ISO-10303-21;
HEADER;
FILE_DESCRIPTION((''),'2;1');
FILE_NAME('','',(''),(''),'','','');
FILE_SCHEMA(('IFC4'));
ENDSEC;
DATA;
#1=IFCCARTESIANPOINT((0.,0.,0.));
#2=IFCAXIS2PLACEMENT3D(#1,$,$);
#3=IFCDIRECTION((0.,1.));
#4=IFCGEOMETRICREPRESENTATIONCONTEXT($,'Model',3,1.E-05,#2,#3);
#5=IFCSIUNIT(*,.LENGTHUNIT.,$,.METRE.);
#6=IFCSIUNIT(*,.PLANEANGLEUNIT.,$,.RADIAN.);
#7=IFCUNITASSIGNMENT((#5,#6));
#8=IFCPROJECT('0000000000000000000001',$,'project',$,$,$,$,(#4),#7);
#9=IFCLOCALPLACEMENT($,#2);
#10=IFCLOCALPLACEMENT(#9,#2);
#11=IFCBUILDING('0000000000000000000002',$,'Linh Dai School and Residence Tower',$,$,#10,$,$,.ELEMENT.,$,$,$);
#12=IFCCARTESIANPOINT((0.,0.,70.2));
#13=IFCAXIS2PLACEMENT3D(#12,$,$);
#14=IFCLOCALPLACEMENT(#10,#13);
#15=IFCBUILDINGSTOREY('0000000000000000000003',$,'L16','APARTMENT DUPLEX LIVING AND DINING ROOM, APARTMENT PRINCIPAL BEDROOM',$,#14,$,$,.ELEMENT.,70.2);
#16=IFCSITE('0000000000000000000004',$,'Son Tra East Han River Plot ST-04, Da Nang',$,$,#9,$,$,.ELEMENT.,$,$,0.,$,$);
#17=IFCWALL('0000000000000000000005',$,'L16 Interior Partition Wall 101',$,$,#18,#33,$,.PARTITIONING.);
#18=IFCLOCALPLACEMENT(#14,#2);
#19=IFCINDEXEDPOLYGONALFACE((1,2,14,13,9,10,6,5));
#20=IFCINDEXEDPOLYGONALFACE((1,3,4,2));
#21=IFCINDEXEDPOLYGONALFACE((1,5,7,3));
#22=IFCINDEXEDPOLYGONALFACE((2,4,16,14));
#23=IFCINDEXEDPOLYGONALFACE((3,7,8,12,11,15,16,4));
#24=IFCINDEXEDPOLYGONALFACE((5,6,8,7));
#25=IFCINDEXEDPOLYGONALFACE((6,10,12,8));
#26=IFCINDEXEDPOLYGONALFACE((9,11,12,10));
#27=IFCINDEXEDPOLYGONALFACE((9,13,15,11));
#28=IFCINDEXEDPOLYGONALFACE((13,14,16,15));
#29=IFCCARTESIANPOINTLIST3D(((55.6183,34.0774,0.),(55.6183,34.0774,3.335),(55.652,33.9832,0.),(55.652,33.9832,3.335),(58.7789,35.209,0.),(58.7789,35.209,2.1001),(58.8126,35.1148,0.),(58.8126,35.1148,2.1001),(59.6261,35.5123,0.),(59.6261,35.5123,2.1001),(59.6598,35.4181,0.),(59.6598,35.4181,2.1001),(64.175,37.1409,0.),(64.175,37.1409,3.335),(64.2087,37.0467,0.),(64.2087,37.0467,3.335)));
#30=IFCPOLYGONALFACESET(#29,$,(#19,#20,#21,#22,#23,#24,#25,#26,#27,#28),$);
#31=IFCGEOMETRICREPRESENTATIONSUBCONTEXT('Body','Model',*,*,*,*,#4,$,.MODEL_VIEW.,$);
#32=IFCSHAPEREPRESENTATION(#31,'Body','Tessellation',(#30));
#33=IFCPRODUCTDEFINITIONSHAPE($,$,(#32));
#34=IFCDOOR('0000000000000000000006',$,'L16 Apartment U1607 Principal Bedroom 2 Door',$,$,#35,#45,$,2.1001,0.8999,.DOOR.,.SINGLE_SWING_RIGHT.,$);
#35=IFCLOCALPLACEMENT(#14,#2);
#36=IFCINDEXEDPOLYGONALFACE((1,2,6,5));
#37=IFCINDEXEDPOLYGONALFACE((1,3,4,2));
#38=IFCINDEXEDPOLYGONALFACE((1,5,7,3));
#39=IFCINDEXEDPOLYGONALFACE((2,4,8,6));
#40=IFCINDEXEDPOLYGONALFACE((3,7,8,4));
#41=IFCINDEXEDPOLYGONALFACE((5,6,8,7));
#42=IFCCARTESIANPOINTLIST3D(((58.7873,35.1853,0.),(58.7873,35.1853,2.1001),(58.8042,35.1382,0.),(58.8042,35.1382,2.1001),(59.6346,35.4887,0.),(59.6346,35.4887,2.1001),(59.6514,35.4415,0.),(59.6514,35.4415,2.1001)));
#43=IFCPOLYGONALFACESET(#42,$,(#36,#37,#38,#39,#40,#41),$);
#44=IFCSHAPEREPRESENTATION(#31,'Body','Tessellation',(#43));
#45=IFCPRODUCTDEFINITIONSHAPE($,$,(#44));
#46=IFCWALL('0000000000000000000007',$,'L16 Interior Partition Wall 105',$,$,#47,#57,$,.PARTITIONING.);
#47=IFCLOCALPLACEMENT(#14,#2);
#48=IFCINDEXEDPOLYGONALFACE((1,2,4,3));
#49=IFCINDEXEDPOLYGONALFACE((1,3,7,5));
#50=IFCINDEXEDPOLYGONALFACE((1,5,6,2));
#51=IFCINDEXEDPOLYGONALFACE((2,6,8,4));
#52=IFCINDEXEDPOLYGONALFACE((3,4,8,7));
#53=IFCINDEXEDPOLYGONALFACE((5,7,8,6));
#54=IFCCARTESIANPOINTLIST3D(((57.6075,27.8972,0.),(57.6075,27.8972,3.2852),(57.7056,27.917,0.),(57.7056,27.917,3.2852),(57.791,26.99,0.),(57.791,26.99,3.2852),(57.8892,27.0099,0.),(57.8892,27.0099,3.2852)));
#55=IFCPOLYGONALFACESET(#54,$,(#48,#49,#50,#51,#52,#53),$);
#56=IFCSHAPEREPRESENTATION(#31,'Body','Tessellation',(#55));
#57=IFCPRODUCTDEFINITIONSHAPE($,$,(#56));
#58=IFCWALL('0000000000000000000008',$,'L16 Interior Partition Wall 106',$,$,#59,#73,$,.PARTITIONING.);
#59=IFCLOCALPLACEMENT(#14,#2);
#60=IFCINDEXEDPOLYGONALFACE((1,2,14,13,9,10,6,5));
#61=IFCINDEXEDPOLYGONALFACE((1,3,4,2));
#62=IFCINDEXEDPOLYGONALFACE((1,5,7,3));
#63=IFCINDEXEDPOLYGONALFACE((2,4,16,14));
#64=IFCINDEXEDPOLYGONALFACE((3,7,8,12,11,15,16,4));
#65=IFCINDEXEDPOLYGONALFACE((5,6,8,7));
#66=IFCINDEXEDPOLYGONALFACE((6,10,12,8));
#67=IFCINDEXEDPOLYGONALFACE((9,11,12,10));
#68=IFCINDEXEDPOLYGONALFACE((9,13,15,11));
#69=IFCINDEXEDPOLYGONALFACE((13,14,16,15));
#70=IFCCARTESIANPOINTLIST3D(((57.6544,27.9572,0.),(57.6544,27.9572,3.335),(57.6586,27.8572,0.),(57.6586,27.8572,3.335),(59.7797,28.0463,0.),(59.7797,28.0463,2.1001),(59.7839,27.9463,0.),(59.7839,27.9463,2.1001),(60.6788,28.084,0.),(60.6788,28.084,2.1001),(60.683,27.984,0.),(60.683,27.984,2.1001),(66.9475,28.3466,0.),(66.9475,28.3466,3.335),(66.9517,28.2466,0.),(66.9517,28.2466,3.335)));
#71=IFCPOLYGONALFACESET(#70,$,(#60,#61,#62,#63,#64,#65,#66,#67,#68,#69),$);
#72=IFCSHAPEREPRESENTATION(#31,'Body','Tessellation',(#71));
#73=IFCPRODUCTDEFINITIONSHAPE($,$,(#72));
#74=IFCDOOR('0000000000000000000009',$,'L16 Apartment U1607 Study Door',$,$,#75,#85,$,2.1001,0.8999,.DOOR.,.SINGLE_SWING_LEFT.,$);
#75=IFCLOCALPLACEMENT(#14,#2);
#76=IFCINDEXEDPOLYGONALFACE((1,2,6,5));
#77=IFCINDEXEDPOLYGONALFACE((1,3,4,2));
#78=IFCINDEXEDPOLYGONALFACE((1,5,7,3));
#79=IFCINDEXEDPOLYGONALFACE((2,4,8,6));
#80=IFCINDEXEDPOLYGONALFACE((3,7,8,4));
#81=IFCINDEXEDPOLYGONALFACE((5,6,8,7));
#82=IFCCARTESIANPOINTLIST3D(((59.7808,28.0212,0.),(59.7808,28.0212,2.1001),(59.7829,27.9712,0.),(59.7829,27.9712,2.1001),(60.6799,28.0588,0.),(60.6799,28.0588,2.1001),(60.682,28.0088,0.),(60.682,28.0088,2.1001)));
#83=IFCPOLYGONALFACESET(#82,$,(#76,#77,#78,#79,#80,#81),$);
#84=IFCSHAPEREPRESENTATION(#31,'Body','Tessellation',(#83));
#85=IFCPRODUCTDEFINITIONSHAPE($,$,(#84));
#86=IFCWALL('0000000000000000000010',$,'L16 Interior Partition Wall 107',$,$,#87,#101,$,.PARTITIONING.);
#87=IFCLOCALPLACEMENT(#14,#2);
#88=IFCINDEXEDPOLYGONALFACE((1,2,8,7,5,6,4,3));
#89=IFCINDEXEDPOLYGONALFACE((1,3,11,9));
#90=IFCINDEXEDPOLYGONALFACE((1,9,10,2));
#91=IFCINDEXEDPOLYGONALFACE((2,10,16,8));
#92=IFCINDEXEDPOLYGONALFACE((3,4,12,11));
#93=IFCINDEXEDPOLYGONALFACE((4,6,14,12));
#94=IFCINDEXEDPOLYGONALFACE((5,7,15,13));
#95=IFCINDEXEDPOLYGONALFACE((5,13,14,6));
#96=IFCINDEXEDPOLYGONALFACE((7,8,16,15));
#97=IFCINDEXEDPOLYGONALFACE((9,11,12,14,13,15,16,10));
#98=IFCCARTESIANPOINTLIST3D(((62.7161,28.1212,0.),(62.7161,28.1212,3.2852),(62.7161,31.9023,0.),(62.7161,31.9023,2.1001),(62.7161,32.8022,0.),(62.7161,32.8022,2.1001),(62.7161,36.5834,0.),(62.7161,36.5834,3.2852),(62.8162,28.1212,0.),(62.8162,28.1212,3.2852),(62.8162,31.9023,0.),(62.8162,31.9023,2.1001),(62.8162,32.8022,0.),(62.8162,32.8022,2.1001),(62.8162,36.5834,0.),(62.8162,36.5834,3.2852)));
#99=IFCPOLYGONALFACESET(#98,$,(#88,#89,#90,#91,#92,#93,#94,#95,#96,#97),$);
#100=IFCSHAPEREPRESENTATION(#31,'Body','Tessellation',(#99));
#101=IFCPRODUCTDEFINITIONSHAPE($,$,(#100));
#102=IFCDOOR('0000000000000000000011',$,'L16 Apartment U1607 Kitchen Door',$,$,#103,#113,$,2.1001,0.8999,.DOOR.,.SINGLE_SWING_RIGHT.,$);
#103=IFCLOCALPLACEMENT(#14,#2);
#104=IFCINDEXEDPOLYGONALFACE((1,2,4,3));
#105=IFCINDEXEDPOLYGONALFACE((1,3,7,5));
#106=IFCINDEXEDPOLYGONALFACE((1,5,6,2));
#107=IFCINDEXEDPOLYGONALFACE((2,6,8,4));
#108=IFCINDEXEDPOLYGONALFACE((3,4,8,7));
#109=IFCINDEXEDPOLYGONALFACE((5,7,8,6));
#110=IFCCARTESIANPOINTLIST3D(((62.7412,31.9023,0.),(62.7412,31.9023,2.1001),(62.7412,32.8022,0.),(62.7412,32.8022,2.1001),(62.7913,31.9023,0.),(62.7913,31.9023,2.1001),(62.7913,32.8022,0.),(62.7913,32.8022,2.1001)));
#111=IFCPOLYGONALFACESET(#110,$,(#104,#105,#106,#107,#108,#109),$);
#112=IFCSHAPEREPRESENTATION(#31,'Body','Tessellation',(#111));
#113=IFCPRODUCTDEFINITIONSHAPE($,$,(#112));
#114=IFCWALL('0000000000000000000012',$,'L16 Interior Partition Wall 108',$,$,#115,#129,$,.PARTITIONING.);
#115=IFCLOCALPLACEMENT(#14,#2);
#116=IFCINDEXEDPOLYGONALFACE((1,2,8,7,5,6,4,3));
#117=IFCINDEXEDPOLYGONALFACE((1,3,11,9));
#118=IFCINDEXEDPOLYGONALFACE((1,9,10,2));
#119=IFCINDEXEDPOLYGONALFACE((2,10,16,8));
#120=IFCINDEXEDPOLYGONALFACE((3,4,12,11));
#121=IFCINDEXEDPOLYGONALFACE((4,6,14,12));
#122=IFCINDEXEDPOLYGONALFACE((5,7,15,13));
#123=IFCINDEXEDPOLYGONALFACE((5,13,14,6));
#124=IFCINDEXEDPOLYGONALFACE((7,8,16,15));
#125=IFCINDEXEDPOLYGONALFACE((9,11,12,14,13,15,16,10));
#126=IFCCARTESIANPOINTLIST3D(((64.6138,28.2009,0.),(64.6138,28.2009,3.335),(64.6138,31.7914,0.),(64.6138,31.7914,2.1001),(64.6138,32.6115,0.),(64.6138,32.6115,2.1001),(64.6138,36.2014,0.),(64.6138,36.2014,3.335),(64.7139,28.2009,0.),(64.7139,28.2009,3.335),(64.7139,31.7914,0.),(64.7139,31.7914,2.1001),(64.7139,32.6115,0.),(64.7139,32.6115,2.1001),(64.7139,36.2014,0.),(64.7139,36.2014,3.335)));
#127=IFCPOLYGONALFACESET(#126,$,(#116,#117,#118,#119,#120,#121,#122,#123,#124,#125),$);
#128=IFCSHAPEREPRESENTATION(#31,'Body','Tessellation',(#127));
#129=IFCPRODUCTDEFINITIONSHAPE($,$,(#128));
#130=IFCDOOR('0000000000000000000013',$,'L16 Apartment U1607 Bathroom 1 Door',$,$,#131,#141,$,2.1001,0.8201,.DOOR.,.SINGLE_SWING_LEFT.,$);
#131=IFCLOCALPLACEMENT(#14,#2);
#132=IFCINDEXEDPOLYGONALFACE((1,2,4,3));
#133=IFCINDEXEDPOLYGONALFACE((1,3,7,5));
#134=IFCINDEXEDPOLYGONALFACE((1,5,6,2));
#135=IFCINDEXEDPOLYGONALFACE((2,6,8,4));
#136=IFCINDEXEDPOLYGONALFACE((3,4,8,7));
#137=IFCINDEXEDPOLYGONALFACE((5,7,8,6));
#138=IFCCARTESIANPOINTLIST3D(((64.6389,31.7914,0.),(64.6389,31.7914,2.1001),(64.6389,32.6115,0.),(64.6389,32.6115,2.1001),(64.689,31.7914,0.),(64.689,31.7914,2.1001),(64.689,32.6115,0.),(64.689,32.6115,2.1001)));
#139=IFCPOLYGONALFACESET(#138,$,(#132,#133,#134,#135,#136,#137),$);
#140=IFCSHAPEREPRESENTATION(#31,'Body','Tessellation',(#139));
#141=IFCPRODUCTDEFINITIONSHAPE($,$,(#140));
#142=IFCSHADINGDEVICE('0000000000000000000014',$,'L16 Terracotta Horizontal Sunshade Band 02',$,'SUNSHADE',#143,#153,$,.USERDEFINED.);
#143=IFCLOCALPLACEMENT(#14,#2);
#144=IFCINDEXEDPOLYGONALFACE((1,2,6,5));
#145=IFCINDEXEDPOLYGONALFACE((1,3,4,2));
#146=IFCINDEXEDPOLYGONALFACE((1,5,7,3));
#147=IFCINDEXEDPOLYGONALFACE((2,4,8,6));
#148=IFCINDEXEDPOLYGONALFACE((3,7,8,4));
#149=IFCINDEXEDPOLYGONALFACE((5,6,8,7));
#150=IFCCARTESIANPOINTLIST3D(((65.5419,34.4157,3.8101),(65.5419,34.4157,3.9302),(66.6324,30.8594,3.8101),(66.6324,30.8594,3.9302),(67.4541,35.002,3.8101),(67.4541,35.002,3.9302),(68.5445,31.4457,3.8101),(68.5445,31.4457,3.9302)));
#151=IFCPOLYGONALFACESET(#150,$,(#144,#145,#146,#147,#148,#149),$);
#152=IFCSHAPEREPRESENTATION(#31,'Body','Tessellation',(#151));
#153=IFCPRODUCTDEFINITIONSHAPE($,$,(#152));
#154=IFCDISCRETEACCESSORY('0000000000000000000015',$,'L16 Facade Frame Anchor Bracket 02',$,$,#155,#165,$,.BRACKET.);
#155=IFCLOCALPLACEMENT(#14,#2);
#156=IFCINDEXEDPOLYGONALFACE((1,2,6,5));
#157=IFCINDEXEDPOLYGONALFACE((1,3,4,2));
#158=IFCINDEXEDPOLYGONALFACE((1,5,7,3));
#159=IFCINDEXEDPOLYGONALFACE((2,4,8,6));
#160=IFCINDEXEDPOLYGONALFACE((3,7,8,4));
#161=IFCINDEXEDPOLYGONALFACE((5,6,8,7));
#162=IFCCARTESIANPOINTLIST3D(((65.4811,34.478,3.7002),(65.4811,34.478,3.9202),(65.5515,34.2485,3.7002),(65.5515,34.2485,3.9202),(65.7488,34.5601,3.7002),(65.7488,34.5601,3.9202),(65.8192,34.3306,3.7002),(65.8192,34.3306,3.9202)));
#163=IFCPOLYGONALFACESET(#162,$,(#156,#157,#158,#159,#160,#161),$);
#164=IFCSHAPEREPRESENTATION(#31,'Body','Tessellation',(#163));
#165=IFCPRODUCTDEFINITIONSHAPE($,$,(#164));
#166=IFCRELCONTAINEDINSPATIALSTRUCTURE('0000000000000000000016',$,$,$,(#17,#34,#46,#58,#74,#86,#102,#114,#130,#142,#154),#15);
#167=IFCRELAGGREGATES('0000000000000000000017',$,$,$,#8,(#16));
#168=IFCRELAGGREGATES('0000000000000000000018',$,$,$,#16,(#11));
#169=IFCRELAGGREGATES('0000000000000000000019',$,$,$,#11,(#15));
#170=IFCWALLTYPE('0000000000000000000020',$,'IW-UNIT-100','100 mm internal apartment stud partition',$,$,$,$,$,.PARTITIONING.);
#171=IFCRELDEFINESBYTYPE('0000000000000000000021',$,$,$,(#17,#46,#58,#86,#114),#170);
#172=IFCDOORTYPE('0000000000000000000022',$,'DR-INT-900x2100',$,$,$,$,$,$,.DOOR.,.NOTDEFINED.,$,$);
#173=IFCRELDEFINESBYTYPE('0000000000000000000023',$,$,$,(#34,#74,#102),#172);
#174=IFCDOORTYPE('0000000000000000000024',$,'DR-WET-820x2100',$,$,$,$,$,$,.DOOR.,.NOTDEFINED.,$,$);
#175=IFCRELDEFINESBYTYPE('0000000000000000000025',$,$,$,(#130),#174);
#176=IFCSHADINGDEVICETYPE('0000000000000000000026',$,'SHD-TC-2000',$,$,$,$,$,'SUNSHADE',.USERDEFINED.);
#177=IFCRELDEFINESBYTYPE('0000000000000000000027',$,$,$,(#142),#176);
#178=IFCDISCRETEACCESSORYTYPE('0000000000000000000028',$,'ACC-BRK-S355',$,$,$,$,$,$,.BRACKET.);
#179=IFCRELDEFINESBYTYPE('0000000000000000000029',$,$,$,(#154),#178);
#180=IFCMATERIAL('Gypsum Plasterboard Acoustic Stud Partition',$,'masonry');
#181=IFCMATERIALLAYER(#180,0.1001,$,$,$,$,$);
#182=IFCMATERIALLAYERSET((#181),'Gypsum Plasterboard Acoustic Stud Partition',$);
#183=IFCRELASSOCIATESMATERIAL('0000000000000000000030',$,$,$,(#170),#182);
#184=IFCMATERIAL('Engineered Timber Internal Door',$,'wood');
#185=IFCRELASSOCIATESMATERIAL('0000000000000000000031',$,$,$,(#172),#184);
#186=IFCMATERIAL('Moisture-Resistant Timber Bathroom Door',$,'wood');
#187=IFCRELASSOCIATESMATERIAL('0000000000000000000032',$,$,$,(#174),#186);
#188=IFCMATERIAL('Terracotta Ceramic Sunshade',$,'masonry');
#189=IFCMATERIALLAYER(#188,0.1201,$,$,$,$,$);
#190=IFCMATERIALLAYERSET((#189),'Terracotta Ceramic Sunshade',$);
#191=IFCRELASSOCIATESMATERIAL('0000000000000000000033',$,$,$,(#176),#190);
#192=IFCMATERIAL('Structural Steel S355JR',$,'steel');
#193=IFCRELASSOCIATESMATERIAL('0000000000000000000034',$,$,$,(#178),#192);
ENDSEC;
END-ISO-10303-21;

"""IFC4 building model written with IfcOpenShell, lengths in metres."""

from ifc_helpers import new_model, si_unit, direction, frame, frame_2d, origin, origin_2d, place, context, subcontext, project, spatial, rectangle, extrude, source, transform, mapped, material, layer, layer_set, type_object, element, fill, save


model = new_model("IFC4")

# Units and contexts
model_context = context("Model", 3, precision=1e-05, world=origin(), true_north=direction((0.0, 1.0)))
body_context = subcontext(model_context, "Body", "Model", "MODEL_VIEW")
ifc_project = project(units=[si_unit("LENGTHUNIT", "METRE"), si_unit("PLANEANGLEUNIT", "RADIAN")], contexts=[model_context])

# Site, building, storey
site_placement = place(None, origin())
site = spatial("IfcSite", under=ifc_project, at=site_placement, Name="Son Tra East Han River Plot ST-04, Da Nang", CompositionType="ELEMENT", RefElevation=0.0)
building_placement = place(site_placement, origin())
building = spatial("IfcBuilding", under=site, at=building_placement, Name="Linh Dai School and Residence Tower", CompositionType="ELEMENT")
storey_placement = place(building_placement, frame((0.0, 0.0, 70.2)))
storey = spatial("IfcBuildingStorey", under=building, at=storey_placement, Name="L16", Description="APARTMENT DUPLEX LIVING AND DINING ROOM, APARTMENT PRINCIPAL BEDROOM", CompositionType="ELEMENT", Elevation=70.2)

# Shared definitions
ifc_material_1 = material(Name="Structural Steel S355JR", Category="steel")

# Shared definitions
ifc_material_2 = material(Name="Gypsum Plasterboard Acoustic Stud Partition", Category="masonry")
ifc_layer_1 = layer(ifc_material_2, 0.1001)
ifc_layer_set_1 = layer_set([ifc_layer_1], Name="Gypsum Plasterboard Acoustic Stud Partition")
wall_type_1 = type_object("IfcWallType", Name="IW-UNIT-100", Description="100 mm internal apartment stud partition", PredefinedType="PARTITIONING", material=ifc_layer_set_1)

# Wall, opening, door
wall_1_placement = place(storey_placement, frame((55.635, 34.0303, 0.0), z_axis=(0.0, 0.0, 1.0), x_axis=(0.941479, 0.337071, 0.0)))
wall_1 = element("IfcWall", 1, at=wall_1_placement, inside=storey, type_object=wall_type_1, Name="L16 Interior Partition Wall 101", PredefinedType="PARTITIONING", context=body_context, shape_type="SweptSolid", body=[
    extrude(rectangle(XDim=9.0886, YDim=0.1001, at=frame_2d((4.5444, 0.0))), origin(), (0.0, 0.0, 1.0), 3.335),
])
opening_1_placement = place(wall_1_placement, frame((3.3572, 0.0, 0.0)))
opening_1 = element("IfcOpeningElement", 2, at=opening_1_placement, cuts=wall_1, PredefinedType="OPENING", context=body_context, shape_type="SweptSolid", body=[
    extrude(rectangle(XDim=0.8999, YDim=2.1001, at=origin_2d()), frame((0.45, 0.0601, 1.05), z_axis=(0.0, -1.0, 0.0), x_axis=(1.0, 0.0, 0.0)), (0.0, 0.0, 1.0), 0.1201),
])
ifc_material_3 = material(Name="Engineered Timber Internal Door", Category="wood")
door_type_1 = type_object("IfcDoorType", Name="DR-INT-900x2100", OperationType="NOTDEFINED", PredefinedType="DOOR", material=ifc_material_3)
shared_shape_1 = source(origin(), body_context, "Body", "SweptSolid", [
    extrude(rectangle(XDim=0.8999, YDim=2.1001, at=origin_2d()), frame((0.45, 0.0249, 1.05), z_axis=(0.0, -1.0, 0.0), x_axis=(1.0, 0.0, 0.0)), (0.0, 0.0, 1.0), 0.05),
])
door_1_placement = place(opening_1_placement, origin())
door_1 = element("IfcDoor", 3, at=door_1_placement, inside=storey, type_object=door_type_1, Name="L16 Apartment U1607 Principal Bedroom 2 Door", OperationType="SINGLE_SWING_RIGHT", OverallHeight=2.1001, OverallWidth=0.8999, PredefinedType="DOOR", context=body_context, shape_type="MappedRepresentation", body=[
    mapped(shared_shape_1, transform((0.0, 0.0, 0.0), x_axis=(1.0, 0.0, 0.0), y_axis=(0.0, 1.0, 0.0), z_axis=(0.0, 0.0, 1.0), scale=1.0)),
])
fill(opening_1, door_1)

# Wall
wall_2_placement = place(storey_placement, frame((57.6565, 27.9072, 0.0), z_axis=(0.0, 0.0, 1.0), x_axis=(0.198347, -0.980132, 0.0)))
element("IfcWall", 4, at=wall_2_placement, inside=storey, type_object=wall_type_1, Name="L16 Interior Partition Wall 105", PredefinedType="PARTITIONING", context=body_context, shape_type="SweptSolid", body=[
    extrude(rectangle(XDim=0.9255, YDim=0.1001, at=frame_2d((0.4629, 0.0))), origin(), (0.0, 0.0, 1.0), 3.2852),
])

# Walls, openings, doors
wall_3_placement = place(storey_placement, frame((57.6565, 27.9072, 0.0), z_axis=(0.0, 0.0, 1.0), x_axis=(0.999123, 0.041865, 0.0)))
wall_3 = element("IfcWall", 5, at=wall_3_placement, inside=storey, type_object=wall_type_1, Name="L16 Interior Partition Wall 106", PredefinedType="PARTITIONING", context=body_context, shape_type="SweptSolid", body=[
    extrude(rectangle(XDim=9.3013, YDim=0.1001, at=frame_2d((4.6506, 0.0))), origin(), (0.0, 0.0, 1.0), 3.335),
])
opening_2_placement = place(wall_3_placement, frame((2.1272, 0.0, 0.0)))
opening_2 = element("IfcOpeningElement", 6, at=opening_2_placement, cuts=wall_3, PredefinedType="OPENING", context=body_context, shape_type="SweptSolid", body=[
    extrude(rectangle(XDim=0.8999, YDim=2.1001, at=origin_2d()), frame((0.45, 0.0601, 1.05), z_axis=(0.0, -1.0, 0.0), x_axis=(1.0, 0.0, 0.0)), (0.0, 0.0, 1.0), 0.1201),
])
door_2_placement = place(opening_2_placement, origin())
door_2 = element("IfcDoor", 7, at=door_2_placement, inside=storey, type_object=door_type_1, Name="L16 Apartment U1607 Study Door", OperationType="SINGLE_SWING_LEFT", OverallHeight=2.1001, OverallWidth=0.8999, PredefinedType="DOOR", context=body_context, shape_type="MappedRepresentation", body=[
    mapped(shared_shape_1, transform((0.0, 0.0, 0.0), x_axis=(1.0, 0.0, 0.0), y_axis=(0.0, 1.0, 0.0), z_axis=(0.0, 0.0, 1.0), scale=1.0)),
])
fill(opening_2, door_2)
wall_4_placement = place(storey_placement, frame((62.7661, 28.1213, 0.0), z_axis=(0.0, 0.0, 1.0), x_axis=(0.0, 1.0, 0.0)))
wall_4 = element("IfcWall", 8, at=wall_4_placement, inside=storey, type_object=wall_type_1, Name="L16 Interior Partition Wall 107", PredefinedType="PARTITIONING", context=body_context, shape_type="SweptSolid", body=[
    extrude(rectangle(XDim=8.4622, YDim=0.1001, at=frame_2d((4.231, 0.0))), origin(), (0.0, 0.0, 1.0), 3.2852),
])
opening_3_placement = place(wall_4_placement, frame((3.781, 0.0, 0.0)))
opening_3 = element("IfcOpeningElement", 9, at=opening_3_placement, cuts=wall_4, PredefinedType="OPENING", context=body_context, shape_type="SweptSolid", body=[
    extrude(rectangle(XDim=0.8999, YDim=2.1001, at=origin_2d()), frame((0.45, 0.0601, 1.05), z_axis=(0.0, -1.0, 0.0), x_axis=(1.0, 0.0, 0.0)), (0.0, 0.0, 1.0), 0.1201),
])
door_3_placement = place(opening_3_placement, origin())
door_3 = element("IfcDoor", 10, at=door_3_placement, inside=storey, type_object=door_type_1, Name="L16 Apartment U1607 Kitchen Door", OperationType="SINGLE_SWING_RIGHT", OverallHeight=2.1001, OverallWidth=0.8999, PredefinedType="DOOR", context=body_context, shape_type="MappedRepresentation", body=[
    mapped(shared_shape_1, transform((0.0, 0.0, 0.0), x_axis=(1.0, 0.0, 0.0), y_axis=(0.0, 1.0, 0.0), z_axis=(0.0, 0.0, 1.0), scale=1.0)),
])
fill(opening_3, door_3)
wall_5_placement = place(storey_placement, frame((64.6638, 28.2009, 0.0), z_axis=(0.0, 0.0, 1.0), x_axis=(0.0, 1.0, 0.0)))
wall_5 = element("IfcWall", 11, at=wall_5_placement, inside=storey, type_object=wall_type_1, Name="L16 Interior Partition Wall 108", PredefinedType="PARTITIONING", context=body_context, shape_type="SweptSolid", body=[
    extrude(rectangle(XDim=8.0005, YDim=0.1001, at=frame_2d((4.0002, 0.0))), origin(), (0.0, 0.0, 1.0), 3.335),
])
opening_4_placement = place(wall_5_placement, frame((3.5903, 0.0, 0.0)))
opening_4 = element("IfcOpeningElement", 12, at=opening_4_placement, cuts=wall_5, PredefinedType="OPENING", context=body_context, shape_type="SweptSolid", body=[
    extrude(rectangle(XDim=0.8201, YDim=2.1001, at=origin_2d()), frame((0.4102, 0.0601, 1.05), z_axis=(0.0, -1.0, 0.0), x_axis=(1.0, 0.0, 0.0)), (0.0, 0.0, 1.0), 0.1201),
])
ifc_material_4 = material(Name="Moisture-Resistant Timber Bathroom Door", Category="wood")
door_type_2 = type_object("IfcDoorType", Name="DR-WET-820x2100", OperationType="NOTDEFINED", PredefinedType="DOOR", material=ifc_material_4)
shared_shape_2 = source(origin(), body_context, "Body", "SweptSolid", [
    extrude(rectangle(XDim=0.8201, YDim=2.1001, at=origin_2d()), frame((0.4102, 0.0249, 1.05), z_axis=(0.0, -1.0, 0.0), x_axis=(1.0, 0.0, 0.0)), (0.0, 0.0, 1.0), 0.05),
])
door_4_placement = place(opening_4_placement, origin())
door_4 = element("IfcDoor", 13, at=door_4_placement, inside=storey, type_object=door_type_2, Name="L16 Apartment U1607 Bathroom 1 Door", OperationType="SINGLE_SWING_LEFT", OverallHeight=2.1001, OverallWidth=0.8201, PredefinedType="DOOR", context=body_context, shape_type="MappedRepresentation", body=[
    mapped(shared_shape_2, transform((0.0, 0.0, 0.0), x_axis=(1.0, 0.0, 0.0), y_axis=(0.0, 1.0, 0.0), z_axis=(0.0, 0.0, 1.0), scale=1.0)),
])
fill(opening_4, door_4)

# Shading device
ifc_material_5 = material(Name="Terracotta Ceramic Sunshade", Category="masonry")
ifc_layer_2 = layer(ifc_material_5, 0.1201)
ifc_layer_set_2 = layer_set([ifc_layer_2], Name="Terracotta Ceramic Sunshade")
shading_device_type = type_object("IfcShadingDeviceType", Name="SHD-TC-2000", ElementType="SUNSHADE", PredefinedType="USERDEFINED", material=ifc_layer_set_2)
shared_shape_3 = source(origin(), body_context, "Body", "SweptSolid", [
    extrude(rectangle(XDim=3.7197, YDim=2.0, at=origin_2d()), origin(), (0.0, 0.0, 1.0), 0.1201),
])
shading_device_placement = place(storey_placement, frame((67.0432, 32.9307, 3.8101), z_axis=(0.0, 0.0, 1.0), x_axis=(0.293146, -0.956068, 0.0)))
element("IfcShadingDevice", 14, at=shading_device_placement, inside=storey, type_object=shading_device_type, Name="L16 Terracotta Horizontal Sunshade Band 02", ObjectType="SUNSHADE", PredefinedType="USERDEFINED", context=body_context, shape_type="MappedRepresentation", body=[
    mapped(shared_shape_3, transform((0.0, 0.0, 0.0), x_axis=(1.0, 0.0, 0.0), y_axis=(0.0, 1.0, 0.0), z_axis=(0.0, 0.0, 1.0), scale=1.0)),
])

# Discrete accessory
discrete_accessory_type = type_object("IfcDiscreteAccessoryType", Name="ACC-BRK-S355", PredefinedType="BRACKET", material=ifc_material_1)
shared_shape_4 = source(origin(), body_context, "Body", "SweptSolid", [
    extrude(rectangle(XDim=0.28, YDim=0.24, at=origin_2d()), origin(), (0.0, 0.0, 1.0), 0.22),
])
discrete_accessory_placement = place(storey_placement, frame((65.6501, 34.4043, 3.7002), z_axis=(0.0, 0.0, 1.0), x_axis=(0.956068, 0.293146, 0.0)))
element("IfcDiscreteAccessory", 15, at=discrete_accessory_placement, inside=storey, type_object=discrete_accessory_type, Name="L16 Facade Frame Anchor Bracket 02", PredefinedType="BRACKET", context=body_context, shape_type="MappedRepresentation", body=[
    mapped(shared_shape_4, transform((0.0, 0.0, 0.0), x_axis=(1.0, 0.0, 0.0), y_axis=(0.0, 1.0, 0.0), z_axis=(0.0, 0.0, 1.0), scale=1.0)),
])

save(model, "model.ifc")
